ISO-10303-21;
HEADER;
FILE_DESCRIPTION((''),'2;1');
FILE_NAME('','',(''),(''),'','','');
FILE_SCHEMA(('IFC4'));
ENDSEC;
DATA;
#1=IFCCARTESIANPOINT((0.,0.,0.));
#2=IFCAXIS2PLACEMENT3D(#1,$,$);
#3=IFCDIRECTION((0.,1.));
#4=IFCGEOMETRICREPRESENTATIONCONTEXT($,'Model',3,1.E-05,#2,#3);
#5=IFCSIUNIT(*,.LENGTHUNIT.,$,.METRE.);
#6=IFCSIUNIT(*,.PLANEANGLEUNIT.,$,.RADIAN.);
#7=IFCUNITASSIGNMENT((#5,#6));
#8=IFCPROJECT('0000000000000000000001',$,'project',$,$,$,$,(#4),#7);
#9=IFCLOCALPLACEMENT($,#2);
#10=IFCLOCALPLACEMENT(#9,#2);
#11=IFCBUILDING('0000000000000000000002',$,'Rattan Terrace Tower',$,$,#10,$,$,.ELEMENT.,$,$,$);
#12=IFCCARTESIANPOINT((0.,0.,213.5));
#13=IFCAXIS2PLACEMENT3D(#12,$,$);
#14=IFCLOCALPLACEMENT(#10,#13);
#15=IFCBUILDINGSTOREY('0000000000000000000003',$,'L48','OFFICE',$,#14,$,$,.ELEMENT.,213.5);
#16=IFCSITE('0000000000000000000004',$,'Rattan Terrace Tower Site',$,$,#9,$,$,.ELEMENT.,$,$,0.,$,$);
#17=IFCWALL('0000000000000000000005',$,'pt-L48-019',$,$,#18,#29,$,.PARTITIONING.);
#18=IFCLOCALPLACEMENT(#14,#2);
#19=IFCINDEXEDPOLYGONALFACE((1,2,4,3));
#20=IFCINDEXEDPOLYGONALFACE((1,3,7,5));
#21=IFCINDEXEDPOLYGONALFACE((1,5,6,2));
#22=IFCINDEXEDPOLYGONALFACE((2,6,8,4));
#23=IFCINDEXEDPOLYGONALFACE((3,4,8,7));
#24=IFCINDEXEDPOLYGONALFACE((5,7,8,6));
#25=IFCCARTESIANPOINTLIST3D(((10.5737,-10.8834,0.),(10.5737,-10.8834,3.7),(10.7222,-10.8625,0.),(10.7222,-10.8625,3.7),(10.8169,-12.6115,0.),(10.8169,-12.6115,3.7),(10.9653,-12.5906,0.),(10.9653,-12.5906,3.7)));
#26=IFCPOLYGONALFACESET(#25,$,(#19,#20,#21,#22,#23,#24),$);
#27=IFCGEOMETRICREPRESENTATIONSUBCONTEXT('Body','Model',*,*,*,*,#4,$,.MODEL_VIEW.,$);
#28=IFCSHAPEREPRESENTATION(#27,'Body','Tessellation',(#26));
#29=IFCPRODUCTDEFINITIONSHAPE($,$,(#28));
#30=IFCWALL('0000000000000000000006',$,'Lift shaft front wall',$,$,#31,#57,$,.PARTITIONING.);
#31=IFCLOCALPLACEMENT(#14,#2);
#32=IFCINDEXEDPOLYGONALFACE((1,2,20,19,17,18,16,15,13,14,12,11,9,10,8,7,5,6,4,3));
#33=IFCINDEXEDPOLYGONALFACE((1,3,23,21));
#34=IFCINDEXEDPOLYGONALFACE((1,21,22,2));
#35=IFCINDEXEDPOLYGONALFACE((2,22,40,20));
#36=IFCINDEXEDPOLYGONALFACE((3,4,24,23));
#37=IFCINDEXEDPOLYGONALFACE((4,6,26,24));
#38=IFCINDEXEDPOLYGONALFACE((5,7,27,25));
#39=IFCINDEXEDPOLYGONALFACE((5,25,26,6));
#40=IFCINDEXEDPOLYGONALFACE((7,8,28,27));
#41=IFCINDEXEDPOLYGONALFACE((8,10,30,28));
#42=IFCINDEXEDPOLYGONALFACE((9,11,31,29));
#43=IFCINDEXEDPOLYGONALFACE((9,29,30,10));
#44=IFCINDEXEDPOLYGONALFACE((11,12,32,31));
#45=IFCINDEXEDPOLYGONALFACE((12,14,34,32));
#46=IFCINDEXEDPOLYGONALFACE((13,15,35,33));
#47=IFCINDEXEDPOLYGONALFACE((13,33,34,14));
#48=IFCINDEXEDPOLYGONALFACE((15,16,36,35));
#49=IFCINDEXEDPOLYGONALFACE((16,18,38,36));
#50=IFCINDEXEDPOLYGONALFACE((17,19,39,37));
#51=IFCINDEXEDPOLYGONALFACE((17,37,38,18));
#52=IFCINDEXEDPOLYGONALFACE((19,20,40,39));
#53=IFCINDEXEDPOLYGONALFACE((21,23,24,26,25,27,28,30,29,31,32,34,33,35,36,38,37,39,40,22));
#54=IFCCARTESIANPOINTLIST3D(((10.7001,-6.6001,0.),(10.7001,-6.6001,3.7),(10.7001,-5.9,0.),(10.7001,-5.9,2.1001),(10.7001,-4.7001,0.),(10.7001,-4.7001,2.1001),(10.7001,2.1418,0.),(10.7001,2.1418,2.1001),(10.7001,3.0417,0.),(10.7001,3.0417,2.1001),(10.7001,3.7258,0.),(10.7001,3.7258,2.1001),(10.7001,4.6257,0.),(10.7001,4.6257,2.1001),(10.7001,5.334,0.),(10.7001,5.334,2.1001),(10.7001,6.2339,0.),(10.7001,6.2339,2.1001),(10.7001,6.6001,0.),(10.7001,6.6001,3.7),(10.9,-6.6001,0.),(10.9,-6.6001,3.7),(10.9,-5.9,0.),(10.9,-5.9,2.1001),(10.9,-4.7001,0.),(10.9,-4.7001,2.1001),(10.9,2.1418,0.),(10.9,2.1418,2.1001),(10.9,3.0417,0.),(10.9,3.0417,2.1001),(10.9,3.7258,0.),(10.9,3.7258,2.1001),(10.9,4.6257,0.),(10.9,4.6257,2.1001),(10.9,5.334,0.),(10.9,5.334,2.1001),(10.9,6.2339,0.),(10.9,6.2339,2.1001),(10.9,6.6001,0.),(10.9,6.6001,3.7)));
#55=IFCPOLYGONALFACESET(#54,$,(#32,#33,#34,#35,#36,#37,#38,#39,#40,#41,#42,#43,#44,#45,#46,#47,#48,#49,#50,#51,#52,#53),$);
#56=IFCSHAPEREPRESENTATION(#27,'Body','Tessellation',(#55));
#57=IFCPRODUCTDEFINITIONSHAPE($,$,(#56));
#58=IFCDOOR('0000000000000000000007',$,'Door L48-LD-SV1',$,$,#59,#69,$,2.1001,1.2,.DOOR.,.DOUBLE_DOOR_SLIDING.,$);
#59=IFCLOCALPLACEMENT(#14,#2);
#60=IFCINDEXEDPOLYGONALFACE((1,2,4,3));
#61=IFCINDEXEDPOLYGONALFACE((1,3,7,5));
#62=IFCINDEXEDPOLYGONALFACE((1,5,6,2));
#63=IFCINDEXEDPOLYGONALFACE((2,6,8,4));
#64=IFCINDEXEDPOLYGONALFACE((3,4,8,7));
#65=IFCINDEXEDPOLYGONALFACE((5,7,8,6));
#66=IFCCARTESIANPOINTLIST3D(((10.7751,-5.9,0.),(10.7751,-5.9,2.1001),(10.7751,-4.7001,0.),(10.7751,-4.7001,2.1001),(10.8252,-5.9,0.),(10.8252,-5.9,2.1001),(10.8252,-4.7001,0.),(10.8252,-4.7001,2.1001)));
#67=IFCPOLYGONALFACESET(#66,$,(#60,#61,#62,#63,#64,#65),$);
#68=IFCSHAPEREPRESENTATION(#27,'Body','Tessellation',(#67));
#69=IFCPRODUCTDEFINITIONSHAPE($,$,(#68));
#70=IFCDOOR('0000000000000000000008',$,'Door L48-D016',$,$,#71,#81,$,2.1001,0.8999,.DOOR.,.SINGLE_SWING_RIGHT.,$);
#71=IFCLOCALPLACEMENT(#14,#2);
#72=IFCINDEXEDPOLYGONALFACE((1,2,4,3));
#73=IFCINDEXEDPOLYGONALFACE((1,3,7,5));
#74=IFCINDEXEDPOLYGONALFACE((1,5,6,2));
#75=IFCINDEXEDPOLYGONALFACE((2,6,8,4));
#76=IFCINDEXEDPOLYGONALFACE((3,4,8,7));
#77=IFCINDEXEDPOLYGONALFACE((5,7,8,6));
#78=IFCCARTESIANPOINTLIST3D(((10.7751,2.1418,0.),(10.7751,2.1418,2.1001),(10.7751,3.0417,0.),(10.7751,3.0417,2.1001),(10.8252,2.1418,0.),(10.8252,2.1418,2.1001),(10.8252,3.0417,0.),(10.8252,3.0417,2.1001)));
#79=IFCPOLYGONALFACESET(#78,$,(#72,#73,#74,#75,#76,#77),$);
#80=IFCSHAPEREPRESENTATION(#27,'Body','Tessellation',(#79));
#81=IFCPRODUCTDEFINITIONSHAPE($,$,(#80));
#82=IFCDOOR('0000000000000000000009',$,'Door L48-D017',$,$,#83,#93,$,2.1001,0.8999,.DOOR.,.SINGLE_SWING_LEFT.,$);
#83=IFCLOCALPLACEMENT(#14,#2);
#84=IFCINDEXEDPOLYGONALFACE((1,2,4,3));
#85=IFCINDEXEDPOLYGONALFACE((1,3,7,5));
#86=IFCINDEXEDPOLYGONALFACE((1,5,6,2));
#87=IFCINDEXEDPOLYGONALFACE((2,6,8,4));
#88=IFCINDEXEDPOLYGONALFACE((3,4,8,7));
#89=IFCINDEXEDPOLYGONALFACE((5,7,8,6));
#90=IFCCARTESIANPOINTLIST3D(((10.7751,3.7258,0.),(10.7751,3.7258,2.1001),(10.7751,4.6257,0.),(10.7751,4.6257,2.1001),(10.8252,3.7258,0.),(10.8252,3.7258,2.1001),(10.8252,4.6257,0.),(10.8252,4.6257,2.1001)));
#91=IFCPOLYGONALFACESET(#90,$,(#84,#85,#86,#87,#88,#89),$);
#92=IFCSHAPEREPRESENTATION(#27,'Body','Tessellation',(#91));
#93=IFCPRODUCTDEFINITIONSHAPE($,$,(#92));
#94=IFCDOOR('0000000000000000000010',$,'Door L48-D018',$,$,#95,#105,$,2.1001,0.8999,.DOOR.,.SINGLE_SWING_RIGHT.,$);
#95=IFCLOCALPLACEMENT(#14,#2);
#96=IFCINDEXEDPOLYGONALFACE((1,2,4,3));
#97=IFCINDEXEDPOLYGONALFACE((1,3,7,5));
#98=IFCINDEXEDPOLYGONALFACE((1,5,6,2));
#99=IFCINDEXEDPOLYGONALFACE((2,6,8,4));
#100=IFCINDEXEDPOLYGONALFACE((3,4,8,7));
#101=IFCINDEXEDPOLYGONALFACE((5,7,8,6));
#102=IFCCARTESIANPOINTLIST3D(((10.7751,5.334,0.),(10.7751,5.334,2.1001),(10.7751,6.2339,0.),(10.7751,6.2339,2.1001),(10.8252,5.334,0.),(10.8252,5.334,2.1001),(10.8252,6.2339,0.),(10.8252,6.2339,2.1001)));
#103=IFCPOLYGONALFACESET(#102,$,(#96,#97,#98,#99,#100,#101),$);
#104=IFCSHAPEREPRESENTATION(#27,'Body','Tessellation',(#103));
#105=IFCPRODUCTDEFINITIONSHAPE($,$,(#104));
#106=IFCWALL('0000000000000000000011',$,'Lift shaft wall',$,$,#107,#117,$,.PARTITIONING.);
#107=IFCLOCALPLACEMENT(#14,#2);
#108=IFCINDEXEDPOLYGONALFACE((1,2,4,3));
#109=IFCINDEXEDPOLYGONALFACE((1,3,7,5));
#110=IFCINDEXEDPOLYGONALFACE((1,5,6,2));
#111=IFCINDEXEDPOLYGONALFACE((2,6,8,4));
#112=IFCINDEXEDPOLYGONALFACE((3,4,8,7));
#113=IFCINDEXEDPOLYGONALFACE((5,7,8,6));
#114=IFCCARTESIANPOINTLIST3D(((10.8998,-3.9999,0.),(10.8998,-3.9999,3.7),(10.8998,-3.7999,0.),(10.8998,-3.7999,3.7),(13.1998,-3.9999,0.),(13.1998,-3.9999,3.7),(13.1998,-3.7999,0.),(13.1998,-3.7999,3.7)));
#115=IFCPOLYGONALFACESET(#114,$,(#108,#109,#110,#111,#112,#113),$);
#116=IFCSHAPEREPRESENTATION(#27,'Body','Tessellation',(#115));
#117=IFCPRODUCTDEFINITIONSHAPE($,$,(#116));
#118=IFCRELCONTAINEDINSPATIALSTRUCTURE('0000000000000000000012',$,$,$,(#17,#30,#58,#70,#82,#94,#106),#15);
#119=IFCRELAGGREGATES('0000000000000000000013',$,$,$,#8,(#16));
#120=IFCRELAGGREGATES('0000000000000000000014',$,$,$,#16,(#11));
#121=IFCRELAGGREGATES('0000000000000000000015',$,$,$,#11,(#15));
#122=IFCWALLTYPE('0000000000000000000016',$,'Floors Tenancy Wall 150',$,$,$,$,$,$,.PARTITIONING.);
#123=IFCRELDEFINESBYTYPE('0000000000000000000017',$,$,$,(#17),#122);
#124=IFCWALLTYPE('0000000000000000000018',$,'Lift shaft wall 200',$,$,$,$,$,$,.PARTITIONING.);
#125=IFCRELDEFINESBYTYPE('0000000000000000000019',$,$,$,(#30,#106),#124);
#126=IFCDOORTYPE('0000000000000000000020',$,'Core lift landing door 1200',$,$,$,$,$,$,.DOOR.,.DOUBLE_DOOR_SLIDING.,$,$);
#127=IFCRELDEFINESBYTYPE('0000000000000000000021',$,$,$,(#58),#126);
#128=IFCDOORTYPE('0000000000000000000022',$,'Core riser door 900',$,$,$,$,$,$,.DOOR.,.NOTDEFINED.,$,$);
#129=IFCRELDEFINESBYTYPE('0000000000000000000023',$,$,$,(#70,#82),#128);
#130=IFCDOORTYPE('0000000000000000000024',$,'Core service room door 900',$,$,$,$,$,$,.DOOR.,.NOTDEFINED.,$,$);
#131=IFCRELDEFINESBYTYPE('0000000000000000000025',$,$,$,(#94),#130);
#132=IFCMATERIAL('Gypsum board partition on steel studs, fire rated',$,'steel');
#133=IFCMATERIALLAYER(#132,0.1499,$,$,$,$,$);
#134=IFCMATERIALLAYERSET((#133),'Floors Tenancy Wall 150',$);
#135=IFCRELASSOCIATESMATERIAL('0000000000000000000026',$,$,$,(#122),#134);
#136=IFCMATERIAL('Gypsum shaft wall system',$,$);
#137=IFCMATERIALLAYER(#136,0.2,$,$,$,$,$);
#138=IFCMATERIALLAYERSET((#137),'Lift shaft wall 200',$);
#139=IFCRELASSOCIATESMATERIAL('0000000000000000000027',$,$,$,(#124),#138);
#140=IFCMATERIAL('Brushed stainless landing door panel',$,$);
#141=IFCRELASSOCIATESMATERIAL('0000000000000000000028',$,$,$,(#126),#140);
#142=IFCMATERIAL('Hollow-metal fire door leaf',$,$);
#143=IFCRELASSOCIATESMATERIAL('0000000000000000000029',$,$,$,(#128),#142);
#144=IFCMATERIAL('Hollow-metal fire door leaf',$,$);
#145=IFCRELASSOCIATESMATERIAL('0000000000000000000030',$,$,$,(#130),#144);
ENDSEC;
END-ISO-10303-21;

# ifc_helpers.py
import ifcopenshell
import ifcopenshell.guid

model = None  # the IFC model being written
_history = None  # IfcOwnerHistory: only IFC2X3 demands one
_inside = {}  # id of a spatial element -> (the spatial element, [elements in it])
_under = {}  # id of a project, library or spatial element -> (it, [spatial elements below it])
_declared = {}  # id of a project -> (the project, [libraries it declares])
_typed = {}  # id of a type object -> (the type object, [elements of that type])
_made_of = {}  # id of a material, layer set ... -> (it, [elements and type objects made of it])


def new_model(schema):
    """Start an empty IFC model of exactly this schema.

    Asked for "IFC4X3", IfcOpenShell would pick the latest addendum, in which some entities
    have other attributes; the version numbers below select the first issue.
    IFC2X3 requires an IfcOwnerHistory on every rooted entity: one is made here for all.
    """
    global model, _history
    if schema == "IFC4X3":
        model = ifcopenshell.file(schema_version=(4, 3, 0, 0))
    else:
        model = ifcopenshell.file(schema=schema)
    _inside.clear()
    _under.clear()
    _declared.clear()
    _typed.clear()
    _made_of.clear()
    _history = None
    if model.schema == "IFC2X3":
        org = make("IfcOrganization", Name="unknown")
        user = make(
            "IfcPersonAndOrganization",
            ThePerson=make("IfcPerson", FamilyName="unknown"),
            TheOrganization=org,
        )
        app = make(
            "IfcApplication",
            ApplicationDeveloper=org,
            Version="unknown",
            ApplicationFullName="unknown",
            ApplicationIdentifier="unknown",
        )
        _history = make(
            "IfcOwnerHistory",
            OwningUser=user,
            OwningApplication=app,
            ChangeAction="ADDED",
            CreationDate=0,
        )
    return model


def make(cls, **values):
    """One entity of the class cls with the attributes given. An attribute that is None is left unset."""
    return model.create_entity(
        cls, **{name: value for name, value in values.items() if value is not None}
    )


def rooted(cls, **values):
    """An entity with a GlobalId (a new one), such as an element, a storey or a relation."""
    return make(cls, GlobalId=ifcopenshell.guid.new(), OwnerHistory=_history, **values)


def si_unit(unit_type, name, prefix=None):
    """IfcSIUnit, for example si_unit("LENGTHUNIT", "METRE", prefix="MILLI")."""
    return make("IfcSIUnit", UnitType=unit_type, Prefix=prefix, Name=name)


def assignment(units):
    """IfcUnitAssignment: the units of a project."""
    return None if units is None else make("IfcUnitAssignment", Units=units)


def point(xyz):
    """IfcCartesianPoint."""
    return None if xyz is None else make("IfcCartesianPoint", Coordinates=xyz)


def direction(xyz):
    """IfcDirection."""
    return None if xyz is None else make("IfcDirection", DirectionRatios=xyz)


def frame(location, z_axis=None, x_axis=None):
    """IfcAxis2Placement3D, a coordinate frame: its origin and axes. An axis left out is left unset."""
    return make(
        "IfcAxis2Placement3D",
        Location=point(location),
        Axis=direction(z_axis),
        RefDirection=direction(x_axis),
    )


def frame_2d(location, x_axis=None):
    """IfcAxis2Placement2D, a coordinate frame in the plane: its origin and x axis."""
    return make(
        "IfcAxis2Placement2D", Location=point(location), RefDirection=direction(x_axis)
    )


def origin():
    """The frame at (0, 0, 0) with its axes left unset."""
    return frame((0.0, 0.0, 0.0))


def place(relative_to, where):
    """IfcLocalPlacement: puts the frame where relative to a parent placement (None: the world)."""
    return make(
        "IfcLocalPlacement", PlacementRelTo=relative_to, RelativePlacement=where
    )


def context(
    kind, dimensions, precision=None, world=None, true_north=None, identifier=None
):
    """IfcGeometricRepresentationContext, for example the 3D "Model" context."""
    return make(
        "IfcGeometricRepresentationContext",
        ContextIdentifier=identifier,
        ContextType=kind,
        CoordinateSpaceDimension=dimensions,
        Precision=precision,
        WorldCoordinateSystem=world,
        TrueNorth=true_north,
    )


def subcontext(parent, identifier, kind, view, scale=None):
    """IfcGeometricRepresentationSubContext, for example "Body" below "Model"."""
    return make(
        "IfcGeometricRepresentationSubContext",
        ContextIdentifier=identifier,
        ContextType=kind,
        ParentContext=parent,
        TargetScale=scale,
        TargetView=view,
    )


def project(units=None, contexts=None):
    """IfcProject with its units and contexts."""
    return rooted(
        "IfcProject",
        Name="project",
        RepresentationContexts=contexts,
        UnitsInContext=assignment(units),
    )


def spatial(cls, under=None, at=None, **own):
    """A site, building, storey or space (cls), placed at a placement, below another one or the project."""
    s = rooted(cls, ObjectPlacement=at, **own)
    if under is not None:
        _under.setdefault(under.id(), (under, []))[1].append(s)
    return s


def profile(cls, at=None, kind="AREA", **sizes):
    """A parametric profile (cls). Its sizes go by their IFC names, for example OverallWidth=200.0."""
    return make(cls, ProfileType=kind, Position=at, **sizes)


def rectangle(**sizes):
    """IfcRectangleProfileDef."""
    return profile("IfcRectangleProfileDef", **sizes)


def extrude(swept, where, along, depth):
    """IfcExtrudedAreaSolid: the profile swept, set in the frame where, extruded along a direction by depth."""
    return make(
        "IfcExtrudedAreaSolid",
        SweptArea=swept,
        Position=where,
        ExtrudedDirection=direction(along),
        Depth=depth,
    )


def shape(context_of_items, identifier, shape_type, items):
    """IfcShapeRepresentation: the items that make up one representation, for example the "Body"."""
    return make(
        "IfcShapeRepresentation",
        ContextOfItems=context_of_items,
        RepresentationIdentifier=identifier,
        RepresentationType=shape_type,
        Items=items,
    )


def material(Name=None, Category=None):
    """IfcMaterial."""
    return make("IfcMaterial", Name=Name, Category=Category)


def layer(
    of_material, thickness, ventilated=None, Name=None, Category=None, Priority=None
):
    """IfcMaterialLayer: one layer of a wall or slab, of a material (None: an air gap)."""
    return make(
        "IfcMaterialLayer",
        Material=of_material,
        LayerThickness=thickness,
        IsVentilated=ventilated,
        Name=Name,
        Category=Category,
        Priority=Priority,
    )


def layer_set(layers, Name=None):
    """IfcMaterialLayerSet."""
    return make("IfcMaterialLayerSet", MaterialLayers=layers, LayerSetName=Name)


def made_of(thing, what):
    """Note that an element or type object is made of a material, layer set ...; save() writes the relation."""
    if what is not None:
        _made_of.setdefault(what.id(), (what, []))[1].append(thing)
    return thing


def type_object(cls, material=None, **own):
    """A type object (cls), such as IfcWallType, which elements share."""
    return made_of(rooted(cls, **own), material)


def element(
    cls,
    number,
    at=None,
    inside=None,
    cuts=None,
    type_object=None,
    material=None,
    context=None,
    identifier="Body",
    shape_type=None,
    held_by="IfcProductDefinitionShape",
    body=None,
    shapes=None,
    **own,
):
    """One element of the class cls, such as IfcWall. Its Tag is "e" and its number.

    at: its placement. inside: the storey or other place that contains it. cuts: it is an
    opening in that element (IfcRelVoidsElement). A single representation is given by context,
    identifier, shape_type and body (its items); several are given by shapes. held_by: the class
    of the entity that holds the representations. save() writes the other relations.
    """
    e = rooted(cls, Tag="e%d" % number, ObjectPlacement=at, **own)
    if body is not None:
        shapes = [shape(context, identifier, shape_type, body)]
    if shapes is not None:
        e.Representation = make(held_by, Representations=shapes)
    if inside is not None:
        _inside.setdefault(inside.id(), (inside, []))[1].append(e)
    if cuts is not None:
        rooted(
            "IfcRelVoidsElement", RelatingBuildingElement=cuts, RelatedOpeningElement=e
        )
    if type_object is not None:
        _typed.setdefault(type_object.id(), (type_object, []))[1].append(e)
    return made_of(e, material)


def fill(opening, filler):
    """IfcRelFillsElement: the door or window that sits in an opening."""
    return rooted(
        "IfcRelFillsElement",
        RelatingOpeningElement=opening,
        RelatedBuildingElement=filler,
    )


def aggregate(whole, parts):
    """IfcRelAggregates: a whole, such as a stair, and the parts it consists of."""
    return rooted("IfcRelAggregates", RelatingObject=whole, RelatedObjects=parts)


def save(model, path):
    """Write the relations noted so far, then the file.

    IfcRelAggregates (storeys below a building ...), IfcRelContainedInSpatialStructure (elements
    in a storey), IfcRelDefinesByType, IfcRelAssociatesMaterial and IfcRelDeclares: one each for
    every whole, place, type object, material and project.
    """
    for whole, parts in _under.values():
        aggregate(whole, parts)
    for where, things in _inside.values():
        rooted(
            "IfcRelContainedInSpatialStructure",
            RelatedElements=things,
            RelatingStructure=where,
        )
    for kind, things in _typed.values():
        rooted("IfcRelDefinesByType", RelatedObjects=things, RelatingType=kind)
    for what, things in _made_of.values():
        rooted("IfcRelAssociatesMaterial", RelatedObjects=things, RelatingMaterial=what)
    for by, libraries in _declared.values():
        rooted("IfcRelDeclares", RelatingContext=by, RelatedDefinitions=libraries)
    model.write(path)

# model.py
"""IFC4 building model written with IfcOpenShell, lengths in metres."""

from ifc_helpers import new_model, si_unit, direction, frame, frame_2d, origin, place, context, subcontext, project, spatial, rectangle, extrude, material, layer, layer_set, type_object, element, fill, save


model = new_model("IFC4")

# Units and contexts
model_context = context("Model", 3, precision=1e-05, world=origin(), true_north=direction((0.0, 1.0)))
body_context = subcontext(model_context, "Body", "Model", "MODEL_VIEW")
ifc_project = project(units=[si_unit("LENGTHUNIT", "METRE"), si_unit("PLANEANGLEUNIT", "RADIAN")], contexts=[model_context])

# Site, building, storey
site_placement = place(None, origin())
site = spatial("IfcSite", under=ifc_project, at=site_placement, Name="Rattan Terrace Tower Site", CompositionType="ELEMENT", RefElevation=0.0)
building_placement = place(site_placement, origin())
building = spatial("IfcBuilding", under=site, at=building_placement, Name="Rattan Terrace Tower", CompositionType="ELEMENT")
storey_placement = place(building_placement, frame((0.0, 0.0, 213.5)))
storey = spatial("IfcBuildingStorey", under=building, at=storey_placement, Name="L48", Description="OFFICE", CompositionType="ELEMENT", Elevation=213.5)

# Wall
ifc_material_1 = material(Name="Gypsum board partition on steel studs, fire rated", Category="steel")
ifc_layer_1 = layer(ifc_material_1, 0.1499)
ifc_layer_set_1 = layer_set([ifc_layer_1], Name="Floors Tenancy Wall 150")
wall_type_1 = type_object("IfcWallType", Name="Floors Tenancy Wall 150", PredefinedType="PARTITIONING", material=ifc_layer_set_1)
wall_1_placement = place(storey_placement, frame((10.8911, -12.6011, 0.0), z_axis=(0.0, 0.0, 1.0), x_axis=(-0.139345, 0.990244, 0.0)))
element("IfcWall", 1, at=wall_1_placement, inside=storey, type_object=wall_type_1, Name="pt-L48-019", PredefinedType="PARTITIONING", context=body_context, shape_type="SweptSolid", body=[
    extrude(rectangle(XDim=1.7451, YDim=0.1499, at=frame_2d((0.8726, 0.0))), origin(), (0.0, 0.0, 1.0), 3.7),
])

# Wall, openings, doors
ifc_material_2 = material(Name="Gypsum shaft wall system")
ifc_layer_2 = layer(ifc_material_2, 0.2)
ifc_layer_set_2 = layer_set([ifc_layer_2], Name="Lift shaft wall 200")
wall_type_2 = type_object("IfcWallType", Name="Lift shaft wall 200", PredefinedType="PARTITIONING", material=ifc_layer_set_2)
wall_2_placement = place(storey_placement, frame((10.8, -6.6001, 0.0), z_axis=(0.0, 0.0, 1.0), x_axis=(0.0, 1.0, 0.0)))
wall_2 = element("IfcWall", 2, at=wall_2_placement, inside=storey, type_object=wall_type_2, Name="Lift shaft front wall", PredefinedType="PARTITIONING", context=body_context, shape_type="SweptSolid", body=[
    extrude(rectangle(XDim=13.2002, YDim=0.2, at=frame_2d((6.6001, 0.0))), origin(), (0.0, 0.0, 1.0), 3.7),
])
opening_1_placement = place(wall_2_placement, frame((0.7, 0.0, 0.0)))
opening_1 = element("IfcOpeningElement", 3, at=opening_1_placement, cuts=wall_2, PredefinedType="OPENING", context=body_context, shape_type="SweptSolid", body=[
    extrude(rectangle(XDim=1.2, YDim=2.1001, at=frame_2d((0.6001, 1.05))), frame((0.0, 0.1106, 0.0), z_axis=(0.0, -1.0, 0.0), x_axis=(1.0, 0.0, 0.0)), (0.0, 0.0, 1.0), 0.2209),
])
opening_2_placement = place(wall_2_placement, frame((8.7419, 0.0, 0.0)))
opening_2 = element("IfcOpeningElement", 4, at=opening_2_placement, cuts=wall_2, PredefinedType="OPENING", context=body_context, shape_type="SweptSolid", body=[
    extrude(rectangle(XDim=0.8999, YDim=2.1001, at=frame_2d((0.45, 1.05))), frame((0.0, 0.1106, 0.0), z_axis=(0.0, -1.0, 0.0), x_axis=(1.0, 0.0, 0.0)), (0.0, 0.0, 1.0), 0.2209),
])
opening_3_placement = place(wall_2_placement, frame((10.3259, 0.0, 0.0)))
opening_3 = element("IfcOpeningElement", 5, at=opening_3_placement, cuts=wall_2, PredefinedType="OPENING", context=body_context, shape_type="SweptSolid", body=[
    extrude(rectangle(XDim=0.8999, YDim=2.1001, at=frame_2d((0.45, 1.05))), frame((0.0, 0.1106, 0.0), z_axis=(0.0, -1.0, 0.0), x_axis=(1.0, 0.0, 0.0)), (0.0, 0.0, 1.0), 0.2209),
])
opening_4_placement = place(wall_2_placement, frame((11.9341, 0.0, 0.0)))
opening_4 = element("IfcOpeningElement", 6, at=opening_4_placement, cuts=wall_2, PredefinedType="OPENING", context=body_context, shape_type="SweptSolid", body=[
    extrude(rectangle(XDim=0.8999, YDim=2.1001, at=frame_2d((0.45, 1.05))), frame((0.0, 0.1106, 0.0), z_axis=(0.0, -1.0, 0.0), x_axis=(1.0, 0.0, 0.0)), (0.0, 0.0, 1.0), 0.2209),
])
ifc_material_3 = material(Name="Brushed stainless landing door panel")
door_type_1 = type_object("IfcDoorType", Name="Core lift landing door 1200", OperationType="DOUBLE_DOOR_SLIDING", PredefinedType="DOOR", material=ifc_material_3)
door_1_placement = place(opening_1_placement, origin())
door_1 = element("IfcDoor", 7, at=door_1_placement, inside=storey, type_object=door_type_1, Name="Door L48-LD-SV1", OperationType="DOUBLE_DOOR_SLIDING", OverallHeight=2.1001, OverallWidth=1.2, PredefinedType="DOOR", context=body_context, shape_type="SweptSolid", body=[
    extrude(rectangle(XDim=1.2, YDim=2.1001, at=frame_2d((0.6001, 1.05))), frame((0.0, 0.0249, 0.0), z_axis=(0.0, -1.0, 0.0), x_axis=(1.0, 0.0, 0.0)), (0.0, 0.0, 1.0), 0.05),
])
fill(opening_1, door_1)
ifc_material_4 = material(Name="Hollow-metal fire door leaf")
door_type_2 = type_object("IfcDoorType", Name="Core riser door 900", OperationType="NOTDEFINED", PredefinedType="DOOR", material=ifc_material_4)
door_2_placement = place(opening_2_placement, origin())
door_2 = element("IfcDoor", 8, at=door_2_placement, inside=storey, type_object=door_type_2, Name="Door L48-D016", OperationType="SINGLE_SWING_RIGHT", OverallHeight=2.1001, OverallWidth=0.8999, PredefinedType="DOOR", context=body_context, shape_type="SweptSolid", body=[
    extrude(rectangle(XDim=0.8999, YDim=2.1001, at=frame_2d((0.45, 1.05))), frame((0.0, 0.0249, 0.0), z_axis=(0.0, -1.0, 0.0), x_axis=(1.0, 0.0, 0.0)), (0.0, 0.0, 1.0), 0.05),
])
fill(opening_2, door_2)
door_3_placement = place(opening_3_placement, origin())
door_3 = element("IfcDoor", 9, at=door_3_placement, inside=storey, type_object=door_type_2, Name="Door L48-D017", OperationType="SINGLE_SWING_LEFT", OverallHeight=2.1001, OverallWidth=0.8999, PredefinedType="DOOR", context=body_context, shape_type="SweptSolid", body=[
    extrude(rectangle(XDim=0.8999, YDim=2.1001, at=frame_2d((0.45, 1.05))), frame((0.0, 0.0249, 0.0), z_axis=(0.0, -1.0, 0.0), x_axis=(1.0, 0.0, 0.0)), (0.0, 0.0, 1.0), 0.05),
])
fill(opening_3, door_3)
ifc_material_5 = material(Name="Hollow-metal fire door leaf")
door_type_3 = type_object("IfcDoorType", Name="Core service room door 900", OperationType="NOTDEFINED", PredefinedType="DOOR", material=ifc_material_5)
door_4_placement = place(opening_4_placement, origin())
door_4 = element("IfcDoor", 10, at=door_4_placement, inside=storey, type_object=door_type_3, Name="Door L48-D018", OperationType="SINGLE_SWING_RIGHT", OverallHeight=2.1001, OverallWidth=0.8999, PredefinedType="DOOR", context=body_context, shape_type="SweptSolid", body=[
    extrude(rectangle(XDim=0.8999, YDim=2.1001, at=frame_2d((0.45, 1.05))), frame((0.0, 0.0249, 0.0), z_axis=(0.0, -1.0, 0.0), x_axis=(1.0, 0.0, 0.0)), (0.0, 0.0, 1.0), 0.05),
])
fill(opening_4, door_4)

# Wall
wall_3_placement = place(storey_placement, frame((10.8999, -3.8999, 0.0), z_axis=(0.0, 0.0, 1.0), x_axis=(1.0, 0.0, 0.0)))
element("IfcWall", 11, at=wall_3_placement, inside=storey, type_object=wall_type_2, Name="Lift shaft wall", PredefinedType="PARTITIONING", context=body_context, shape_type="SweptSolid", body=[
    extrude(rectangle(XDim=2.3, YDim=0.2, at=frame_2d((1.1499, 0.0))), origin(), (0.0, 0.0, 1.0), 3.7),
])

save(model, "model.ifc")
